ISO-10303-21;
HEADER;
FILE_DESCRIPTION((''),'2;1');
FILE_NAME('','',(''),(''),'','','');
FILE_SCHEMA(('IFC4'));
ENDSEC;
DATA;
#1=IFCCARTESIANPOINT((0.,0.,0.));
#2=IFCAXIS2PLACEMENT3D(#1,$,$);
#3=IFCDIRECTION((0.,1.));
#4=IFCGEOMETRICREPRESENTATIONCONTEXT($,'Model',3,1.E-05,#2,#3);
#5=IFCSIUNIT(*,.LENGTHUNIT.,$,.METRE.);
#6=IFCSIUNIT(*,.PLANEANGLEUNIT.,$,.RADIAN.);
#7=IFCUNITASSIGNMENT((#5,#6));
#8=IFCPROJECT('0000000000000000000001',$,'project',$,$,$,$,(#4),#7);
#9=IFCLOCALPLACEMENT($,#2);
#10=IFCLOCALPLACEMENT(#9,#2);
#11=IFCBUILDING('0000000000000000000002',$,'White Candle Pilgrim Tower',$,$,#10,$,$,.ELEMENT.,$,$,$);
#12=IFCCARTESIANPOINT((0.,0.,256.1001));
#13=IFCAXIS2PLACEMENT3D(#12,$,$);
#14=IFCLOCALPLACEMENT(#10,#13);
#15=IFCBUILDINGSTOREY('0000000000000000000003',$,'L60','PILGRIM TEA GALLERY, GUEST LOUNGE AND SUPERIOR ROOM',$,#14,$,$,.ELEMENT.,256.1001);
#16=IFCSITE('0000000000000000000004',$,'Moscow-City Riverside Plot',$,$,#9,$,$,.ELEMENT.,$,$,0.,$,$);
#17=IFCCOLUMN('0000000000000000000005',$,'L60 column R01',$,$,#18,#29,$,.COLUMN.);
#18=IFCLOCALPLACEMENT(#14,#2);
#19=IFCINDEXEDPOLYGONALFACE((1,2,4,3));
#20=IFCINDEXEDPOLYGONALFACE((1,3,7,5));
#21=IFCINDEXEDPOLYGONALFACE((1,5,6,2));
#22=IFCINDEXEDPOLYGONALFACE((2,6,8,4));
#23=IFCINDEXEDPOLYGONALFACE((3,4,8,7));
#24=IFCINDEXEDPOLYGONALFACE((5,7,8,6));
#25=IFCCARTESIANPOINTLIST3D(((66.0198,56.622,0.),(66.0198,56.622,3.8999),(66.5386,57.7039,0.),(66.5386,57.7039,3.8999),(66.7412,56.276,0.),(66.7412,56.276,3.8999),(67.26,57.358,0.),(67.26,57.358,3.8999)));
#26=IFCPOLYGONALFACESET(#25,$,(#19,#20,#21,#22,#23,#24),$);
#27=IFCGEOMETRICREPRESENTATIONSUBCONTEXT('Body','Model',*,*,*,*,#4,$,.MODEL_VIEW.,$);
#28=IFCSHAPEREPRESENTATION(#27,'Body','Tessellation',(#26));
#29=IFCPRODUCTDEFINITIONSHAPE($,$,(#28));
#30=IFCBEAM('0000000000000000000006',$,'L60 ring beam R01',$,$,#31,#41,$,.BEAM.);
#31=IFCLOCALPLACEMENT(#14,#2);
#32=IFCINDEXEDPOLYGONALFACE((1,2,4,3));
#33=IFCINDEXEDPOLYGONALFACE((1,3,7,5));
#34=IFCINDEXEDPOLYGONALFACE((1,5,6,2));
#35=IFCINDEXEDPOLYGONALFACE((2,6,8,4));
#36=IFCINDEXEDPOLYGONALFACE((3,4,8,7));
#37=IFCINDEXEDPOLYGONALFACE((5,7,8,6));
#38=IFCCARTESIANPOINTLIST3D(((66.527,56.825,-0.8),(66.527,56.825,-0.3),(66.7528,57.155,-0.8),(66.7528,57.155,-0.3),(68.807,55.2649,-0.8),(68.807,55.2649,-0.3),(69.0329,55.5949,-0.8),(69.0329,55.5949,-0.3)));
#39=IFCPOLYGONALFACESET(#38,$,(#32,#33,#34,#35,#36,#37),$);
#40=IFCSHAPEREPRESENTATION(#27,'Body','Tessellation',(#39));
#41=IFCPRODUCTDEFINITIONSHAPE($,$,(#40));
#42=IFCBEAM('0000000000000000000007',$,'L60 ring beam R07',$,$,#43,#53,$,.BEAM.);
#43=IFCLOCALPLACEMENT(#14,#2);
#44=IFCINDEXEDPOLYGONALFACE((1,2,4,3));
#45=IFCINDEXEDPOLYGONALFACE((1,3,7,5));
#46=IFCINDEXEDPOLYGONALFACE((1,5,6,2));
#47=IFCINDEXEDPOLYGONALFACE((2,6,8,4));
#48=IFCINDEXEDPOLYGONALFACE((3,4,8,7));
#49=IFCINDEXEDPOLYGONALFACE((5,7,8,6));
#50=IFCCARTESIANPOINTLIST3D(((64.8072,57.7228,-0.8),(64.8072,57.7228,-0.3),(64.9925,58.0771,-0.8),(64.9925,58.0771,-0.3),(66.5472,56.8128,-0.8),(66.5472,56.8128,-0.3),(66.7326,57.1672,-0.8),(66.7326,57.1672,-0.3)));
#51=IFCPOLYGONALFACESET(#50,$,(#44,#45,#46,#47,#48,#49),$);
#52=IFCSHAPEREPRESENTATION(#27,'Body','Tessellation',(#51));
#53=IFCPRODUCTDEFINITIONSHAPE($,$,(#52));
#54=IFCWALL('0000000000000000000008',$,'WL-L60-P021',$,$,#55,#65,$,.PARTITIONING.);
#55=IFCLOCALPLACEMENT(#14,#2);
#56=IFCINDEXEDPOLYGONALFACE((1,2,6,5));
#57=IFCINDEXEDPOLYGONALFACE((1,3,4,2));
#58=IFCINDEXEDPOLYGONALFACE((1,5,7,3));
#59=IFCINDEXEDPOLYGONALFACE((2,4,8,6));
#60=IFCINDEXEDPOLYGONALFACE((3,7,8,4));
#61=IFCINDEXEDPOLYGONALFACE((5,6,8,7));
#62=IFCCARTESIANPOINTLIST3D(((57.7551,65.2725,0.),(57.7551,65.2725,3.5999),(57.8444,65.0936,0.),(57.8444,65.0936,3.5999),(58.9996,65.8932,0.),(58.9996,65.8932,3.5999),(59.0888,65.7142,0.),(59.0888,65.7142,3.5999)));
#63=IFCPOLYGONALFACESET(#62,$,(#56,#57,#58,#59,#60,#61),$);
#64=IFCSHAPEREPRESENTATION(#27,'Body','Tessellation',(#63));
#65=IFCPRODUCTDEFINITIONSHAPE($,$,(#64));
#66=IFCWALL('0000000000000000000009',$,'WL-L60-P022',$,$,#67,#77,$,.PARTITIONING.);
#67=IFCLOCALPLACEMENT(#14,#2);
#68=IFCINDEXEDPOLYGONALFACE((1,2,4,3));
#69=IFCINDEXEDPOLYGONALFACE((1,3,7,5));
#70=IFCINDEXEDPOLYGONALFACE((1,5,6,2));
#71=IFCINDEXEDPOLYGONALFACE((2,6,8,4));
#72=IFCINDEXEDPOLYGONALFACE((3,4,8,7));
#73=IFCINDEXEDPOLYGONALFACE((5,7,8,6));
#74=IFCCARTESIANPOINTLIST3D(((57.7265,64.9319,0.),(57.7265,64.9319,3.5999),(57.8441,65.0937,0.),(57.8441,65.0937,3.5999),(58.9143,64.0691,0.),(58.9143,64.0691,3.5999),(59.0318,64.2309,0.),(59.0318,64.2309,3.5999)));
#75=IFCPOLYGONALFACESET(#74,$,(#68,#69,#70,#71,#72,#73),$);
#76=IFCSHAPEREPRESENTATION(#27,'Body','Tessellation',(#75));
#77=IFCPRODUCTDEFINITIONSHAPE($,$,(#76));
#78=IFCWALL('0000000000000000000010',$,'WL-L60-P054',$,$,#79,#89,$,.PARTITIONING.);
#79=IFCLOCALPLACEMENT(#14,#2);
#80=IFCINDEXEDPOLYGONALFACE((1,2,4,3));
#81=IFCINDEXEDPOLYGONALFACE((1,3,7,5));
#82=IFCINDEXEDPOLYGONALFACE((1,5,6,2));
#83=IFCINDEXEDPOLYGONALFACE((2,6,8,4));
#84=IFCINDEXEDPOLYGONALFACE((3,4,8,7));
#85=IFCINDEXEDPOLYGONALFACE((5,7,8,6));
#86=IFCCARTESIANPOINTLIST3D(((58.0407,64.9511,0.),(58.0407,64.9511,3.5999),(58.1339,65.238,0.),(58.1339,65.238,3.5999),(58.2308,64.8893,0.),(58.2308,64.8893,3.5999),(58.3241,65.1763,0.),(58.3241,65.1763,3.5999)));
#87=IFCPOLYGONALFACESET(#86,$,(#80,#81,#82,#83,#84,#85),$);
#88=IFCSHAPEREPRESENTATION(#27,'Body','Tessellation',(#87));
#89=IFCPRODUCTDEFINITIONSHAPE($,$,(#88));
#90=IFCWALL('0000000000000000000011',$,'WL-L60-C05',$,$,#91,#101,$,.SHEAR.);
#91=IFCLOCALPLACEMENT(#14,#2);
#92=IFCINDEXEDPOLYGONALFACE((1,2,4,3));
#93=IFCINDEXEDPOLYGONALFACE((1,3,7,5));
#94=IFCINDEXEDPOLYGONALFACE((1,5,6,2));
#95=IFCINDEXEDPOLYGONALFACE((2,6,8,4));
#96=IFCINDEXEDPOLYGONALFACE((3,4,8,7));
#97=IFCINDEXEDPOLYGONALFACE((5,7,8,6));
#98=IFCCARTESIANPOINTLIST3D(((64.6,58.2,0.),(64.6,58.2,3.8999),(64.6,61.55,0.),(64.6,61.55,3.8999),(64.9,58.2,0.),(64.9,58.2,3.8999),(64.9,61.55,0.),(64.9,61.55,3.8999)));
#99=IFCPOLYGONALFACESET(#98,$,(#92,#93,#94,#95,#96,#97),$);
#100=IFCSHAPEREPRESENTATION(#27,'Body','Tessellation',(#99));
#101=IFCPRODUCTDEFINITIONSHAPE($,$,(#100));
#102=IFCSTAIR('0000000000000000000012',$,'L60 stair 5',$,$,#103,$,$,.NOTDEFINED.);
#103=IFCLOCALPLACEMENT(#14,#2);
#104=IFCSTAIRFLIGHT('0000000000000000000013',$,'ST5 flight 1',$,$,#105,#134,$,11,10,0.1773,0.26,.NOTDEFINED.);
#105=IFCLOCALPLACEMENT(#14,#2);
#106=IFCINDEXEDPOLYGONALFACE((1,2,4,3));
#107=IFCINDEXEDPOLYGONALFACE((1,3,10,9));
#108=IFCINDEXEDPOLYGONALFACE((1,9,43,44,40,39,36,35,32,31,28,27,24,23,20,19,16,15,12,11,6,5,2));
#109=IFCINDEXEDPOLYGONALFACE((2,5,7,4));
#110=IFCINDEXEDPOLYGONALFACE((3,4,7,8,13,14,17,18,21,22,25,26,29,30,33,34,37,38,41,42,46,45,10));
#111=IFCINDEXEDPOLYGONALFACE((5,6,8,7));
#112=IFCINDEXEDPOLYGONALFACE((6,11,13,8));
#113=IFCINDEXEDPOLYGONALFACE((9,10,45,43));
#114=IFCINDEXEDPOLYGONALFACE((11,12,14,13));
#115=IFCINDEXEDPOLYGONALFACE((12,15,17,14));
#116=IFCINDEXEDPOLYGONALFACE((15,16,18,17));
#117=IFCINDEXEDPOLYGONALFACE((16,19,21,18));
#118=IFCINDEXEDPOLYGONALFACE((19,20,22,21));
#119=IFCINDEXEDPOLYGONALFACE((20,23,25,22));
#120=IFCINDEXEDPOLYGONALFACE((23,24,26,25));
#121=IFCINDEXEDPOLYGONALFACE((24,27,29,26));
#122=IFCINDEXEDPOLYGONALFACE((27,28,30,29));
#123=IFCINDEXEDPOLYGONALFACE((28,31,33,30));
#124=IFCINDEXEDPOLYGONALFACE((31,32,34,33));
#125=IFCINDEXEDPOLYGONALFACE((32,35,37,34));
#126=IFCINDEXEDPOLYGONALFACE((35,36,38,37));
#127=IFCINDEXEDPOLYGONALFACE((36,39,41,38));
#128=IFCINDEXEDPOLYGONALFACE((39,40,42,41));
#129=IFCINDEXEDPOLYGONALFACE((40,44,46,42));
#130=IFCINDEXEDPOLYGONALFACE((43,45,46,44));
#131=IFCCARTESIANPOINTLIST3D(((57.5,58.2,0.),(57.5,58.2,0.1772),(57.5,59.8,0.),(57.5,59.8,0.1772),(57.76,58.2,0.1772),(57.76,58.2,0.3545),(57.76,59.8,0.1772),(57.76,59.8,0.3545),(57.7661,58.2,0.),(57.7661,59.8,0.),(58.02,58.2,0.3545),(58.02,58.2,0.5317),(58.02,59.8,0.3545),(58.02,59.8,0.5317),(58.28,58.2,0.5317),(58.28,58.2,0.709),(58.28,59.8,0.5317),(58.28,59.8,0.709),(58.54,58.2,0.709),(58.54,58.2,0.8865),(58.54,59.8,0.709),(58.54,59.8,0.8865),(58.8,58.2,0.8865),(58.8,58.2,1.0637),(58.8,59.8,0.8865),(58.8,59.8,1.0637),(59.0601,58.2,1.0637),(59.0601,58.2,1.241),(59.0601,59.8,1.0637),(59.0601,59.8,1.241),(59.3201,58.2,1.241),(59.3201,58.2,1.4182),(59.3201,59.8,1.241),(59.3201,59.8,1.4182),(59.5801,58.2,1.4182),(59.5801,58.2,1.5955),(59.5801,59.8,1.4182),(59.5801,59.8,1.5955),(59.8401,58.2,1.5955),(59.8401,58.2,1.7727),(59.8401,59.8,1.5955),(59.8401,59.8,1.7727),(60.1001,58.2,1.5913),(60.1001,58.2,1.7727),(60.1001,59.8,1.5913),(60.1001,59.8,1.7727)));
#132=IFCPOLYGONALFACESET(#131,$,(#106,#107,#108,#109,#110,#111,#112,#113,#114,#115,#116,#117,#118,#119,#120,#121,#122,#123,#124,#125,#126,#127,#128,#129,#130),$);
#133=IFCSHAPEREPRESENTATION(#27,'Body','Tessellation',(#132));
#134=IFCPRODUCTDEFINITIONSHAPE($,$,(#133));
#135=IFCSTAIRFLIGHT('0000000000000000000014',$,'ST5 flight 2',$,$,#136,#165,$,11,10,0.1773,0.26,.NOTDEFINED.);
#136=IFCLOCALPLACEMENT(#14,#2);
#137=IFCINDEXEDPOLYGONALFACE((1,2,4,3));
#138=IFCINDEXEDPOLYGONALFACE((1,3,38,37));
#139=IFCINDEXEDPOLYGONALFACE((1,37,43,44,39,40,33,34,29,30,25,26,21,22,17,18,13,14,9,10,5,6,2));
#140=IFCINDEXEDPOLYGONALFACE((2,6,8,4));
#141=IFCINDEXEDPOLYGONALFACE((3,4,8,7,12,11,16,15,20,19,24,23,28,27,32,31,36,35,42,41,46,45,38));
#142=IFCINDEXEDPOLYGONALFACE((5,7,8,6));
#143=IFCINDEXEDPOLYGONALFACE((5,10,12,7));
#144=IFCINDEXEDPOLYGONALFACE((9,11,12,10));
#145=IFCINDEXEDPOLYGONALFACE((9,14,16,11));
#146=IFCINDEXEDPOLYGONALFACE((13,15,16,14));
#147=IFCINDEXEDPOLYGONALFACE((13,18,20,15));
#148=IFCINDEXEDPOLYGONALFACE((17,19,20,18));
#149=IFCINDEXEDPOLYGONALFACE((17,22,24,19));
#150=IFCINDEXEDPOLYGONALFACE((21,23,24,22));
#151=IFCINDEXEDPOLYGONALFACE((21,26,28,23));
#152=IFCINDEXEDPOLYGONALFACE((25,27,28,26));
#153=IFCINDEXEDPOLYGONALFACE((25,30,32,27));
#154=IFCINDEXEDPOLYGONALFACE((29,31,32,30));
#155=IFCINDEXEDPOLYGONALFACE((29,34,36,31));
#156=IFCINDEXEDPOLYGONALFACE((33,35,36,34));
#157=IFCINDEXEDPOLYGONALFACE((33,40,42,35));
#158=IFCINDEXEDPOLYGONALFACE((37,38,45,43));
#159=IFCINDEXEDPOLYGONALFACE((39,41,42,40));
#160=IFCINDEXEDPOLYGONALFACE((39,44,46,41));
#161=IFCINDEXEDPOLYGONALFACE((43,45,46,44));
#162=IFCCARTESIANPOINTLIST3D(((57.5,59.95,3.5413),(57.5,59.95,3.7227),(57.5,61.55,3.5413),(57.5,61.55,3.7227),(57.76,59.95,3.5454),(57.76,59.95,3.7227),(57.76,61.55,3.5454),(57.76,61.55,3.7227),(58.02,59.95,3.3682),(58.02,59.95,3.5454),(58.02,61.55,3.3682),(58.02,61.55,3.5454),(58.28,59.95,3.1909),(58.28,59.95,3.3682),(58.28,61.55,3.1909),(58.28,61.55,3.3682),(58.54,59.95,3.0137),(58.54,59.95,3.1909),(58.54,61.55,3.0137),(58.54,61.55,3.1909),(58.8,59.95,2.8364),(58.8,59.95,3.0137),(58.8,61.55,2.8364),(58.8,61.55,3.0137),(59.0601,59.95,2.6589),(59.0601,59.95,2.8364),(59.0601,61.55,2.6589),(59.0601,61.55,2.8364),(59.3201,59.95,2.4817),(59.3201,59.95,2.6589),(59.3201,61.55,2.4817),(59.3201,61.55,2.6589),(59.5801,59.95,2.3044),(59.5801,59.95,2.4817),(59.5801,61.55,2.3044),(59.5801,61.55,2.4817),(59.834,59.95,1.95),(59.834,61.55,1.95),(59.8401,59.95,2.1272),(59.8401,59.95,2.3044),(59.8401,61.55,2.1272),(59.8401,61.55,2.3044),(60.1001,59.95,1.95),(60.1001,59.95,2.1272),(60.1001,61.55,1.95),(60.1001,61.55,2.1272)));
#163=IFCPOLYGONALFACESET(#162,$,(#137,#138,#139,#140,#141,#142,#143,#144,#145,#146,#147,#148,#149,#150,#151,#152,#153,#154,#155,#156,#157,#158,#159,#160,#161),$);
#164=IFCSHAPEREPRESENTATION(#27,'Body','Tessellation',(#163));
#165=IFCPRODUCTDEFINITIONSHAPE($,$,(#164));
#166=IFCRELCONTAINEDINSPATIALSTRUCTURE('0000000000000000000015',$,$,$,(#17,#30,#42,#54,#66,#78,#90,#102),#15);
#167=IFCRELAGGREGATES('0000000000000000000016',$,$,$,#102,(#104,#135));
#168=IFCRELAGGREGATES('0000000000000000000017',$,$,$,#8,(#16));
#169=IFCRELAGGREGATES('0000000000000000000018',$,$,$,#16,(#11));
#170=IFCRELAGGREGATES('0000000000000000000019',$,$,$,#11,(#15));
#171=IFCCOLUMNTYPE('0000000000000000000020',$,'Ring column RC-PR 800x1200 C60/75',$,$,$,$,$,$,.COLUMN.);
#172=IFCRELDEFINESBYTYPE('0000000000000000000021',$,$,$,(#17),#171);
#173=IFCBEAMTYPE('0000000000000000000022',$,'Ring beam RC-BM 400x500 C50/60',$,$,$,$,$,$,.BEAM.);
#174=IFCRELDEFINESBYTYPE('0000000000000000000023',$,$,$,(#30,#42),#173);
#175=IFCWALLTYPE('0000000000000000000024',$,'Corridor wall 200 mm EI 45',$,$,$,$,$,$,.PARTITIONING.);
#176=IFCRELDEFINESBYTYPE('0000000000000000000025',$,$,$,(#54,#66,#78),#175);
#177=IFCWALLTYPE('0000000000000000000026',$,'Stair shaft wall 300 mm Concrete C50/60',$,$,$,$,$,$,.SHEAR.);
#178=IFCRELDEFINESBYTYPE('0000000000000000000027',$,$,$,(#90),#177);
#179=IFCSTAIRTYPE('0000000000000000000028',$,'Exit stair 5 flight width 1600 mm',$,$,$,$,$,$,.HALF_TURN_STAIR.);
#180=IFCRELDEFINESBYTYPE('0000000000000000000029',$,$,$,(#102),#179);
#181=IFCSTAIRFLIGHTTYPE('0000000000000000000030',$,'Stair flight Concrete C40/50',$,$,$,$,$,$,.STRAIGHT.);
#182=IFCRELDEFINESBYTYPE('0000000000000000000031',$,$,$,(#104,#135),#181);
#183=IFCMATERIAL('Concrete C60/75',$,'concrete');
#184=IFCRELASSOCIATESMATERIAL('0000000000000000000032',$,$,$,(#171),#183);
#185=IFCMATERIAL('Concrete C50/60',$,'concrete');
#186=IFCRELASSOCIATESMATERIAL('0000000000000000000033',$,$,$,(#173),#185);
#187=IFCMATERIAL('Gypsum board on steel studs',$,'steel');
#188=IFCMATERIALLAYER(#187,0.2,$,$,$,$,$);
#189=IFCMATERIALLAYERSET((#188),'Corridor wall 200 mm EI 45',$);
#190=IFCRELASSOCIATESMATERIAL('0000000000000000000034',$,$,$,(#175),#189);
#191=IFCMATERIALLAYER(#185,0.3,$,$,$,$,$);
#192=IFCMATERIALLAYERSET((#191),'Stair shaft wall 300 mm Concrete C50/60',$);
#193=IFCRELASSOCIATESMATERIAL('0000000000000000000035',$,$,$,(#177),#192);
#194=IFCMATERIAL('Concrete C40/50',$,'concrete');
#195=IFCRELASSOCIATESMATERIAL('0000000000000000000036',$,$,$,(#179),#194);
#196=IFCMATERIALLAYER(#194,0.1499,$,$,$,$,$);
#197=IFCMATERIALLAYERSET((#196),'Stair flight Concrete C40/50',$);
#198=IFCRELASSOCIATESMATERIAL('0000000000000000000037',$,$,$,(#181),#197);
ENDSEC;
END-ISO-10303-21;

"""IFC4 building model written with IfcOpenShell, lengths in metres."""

from ifc_helpers import new_model, si_unit, direction, frame, frame_2d, origin, origin_2d, place, context, subcontext, project, spatial, polyline, rectangle, outline, extrude, material, layer, layer_set, material_profile, profile_set, type_object, element, aggregate, save


model = new_model("IFC4")

# Units and contexts
model_context = context("Model", 3, precision=1e-05, world=origin(), true_north=direction((0.0, 1.0)))
body_context = subcontext(model_context, "Body", "Model", "MODEL_VIEW")
ifc_project = project(units=[si_unit("LENGTHUNIT", "METRE"), si_unit("PLANEANGLEUNIT", "RADIAN")], contexts=[model_context])

# Site, building, storey
site_placement = place(None, origin())
site = spatial("IfcSite", under=ifc_project, at=site_placement, Name="Moscow-City Riverside Plot", CompositionType="ELEMENT", RefElevation=0.0)
building_placement = place(site_placement, origin())
building = spatial("IfcBuilding", under=site, at=building_placement, Name="White Candle Pilgrim Tower", CompositionType="ELEMENT")
storey_placement = place(building_placement, frame((0.0, 0.0, 256.1001)))
storey = spatial("IfcBuildingStorey", under=building, at=storey_placement, Name="L60", Description="PILGRIM TEA GALLERY, GUEST LOUNGE AND SUPERIOR ROOM", CompositionType="ELEMENT", Elevation=256.1001)

# Column
ifc_material_1 = material(Name="Concrete C60/75", Category="concrete")
ifc_material_profile_1 = material_profile(ifc_material_1, rectangle(XDim=0.8, YDim=1.2, at=origin_2d()), Name="RC-PR 800x1200")
ifc_profile_set_1 = profile_set([ifc_material_profile_1], Name="Concrete C60/75")
column_type = type_object("IfcColumnType", Name="Ring column RC-PR 800x1200 C60/75", PredefinedType="COLUMN", material=ifc_profile_set_1)
column_placement = place(storey_placement, frame((66.6399, 56.99, 0.0), z_axis=(0.0, 0.0, 1.0), x_axis=(-0.901689, 0.432385, 0.0)))
element("IfcColumn", 1, at=column_placement, inside=storey, type_object=column_type, Name="L60 column R01", PredefinedType="COLUMN", context=body_context, shape_type="SweptSolid", body=[
    extrude(rectangle(XDim=0.8, YDim=1.2, at=origin_2d()), origin(), (0.0, 0.0, 1.0), 3.8999),
])

# Beams
ifc_material_2 = material(Name="Concrete C50/60", Category="concrete")
ifc_material_profile_2 = material_profile(ifc_material_2, rectangle(XDim=0.3999, YDim=0.5, at=origin_2d()), Name="RC-BM 400x500")
ifc_profile_set_2 = profile_set([ifc_material_profile_2], Name="Concrete C50/60")
beam_type = type_object("IfcBeamType", Name="Ring beam RC-BM 400x500 C50/60", PredefinedType="BEAM", material=ifc_profile_set_2)
beam_1_placement = place(storey_placement, frame((66.6399, 56.99, -0.55), z_axis=(0.825301, -0.564693, 0.0), x_axis=(0.564693, 0.825301, 0.0)))
element("IfcBeam", 2, at=beam_1_placement, inside=storey, type_object=beam_type, Name="L60 ring beam R01", PredefinedType="BEAM", context=body_context, shape_type="SweptSolid", body=[
    extrude(rectangle(XDim=0.3999, YDim=0.5, at=origin_2d()), origin(), (0.0, 0.0, 1.0), 2.7627),
])
beam_2_placement = place(storey_placement, frame((66.6399, 56.99, -0.55), z_axis=(-0.886148, 0.463403, 0.0), x_axis=(-0.463403, -0.886148, 0.0)))
element("IfcBeam", 3, at=beam_2_placement, inside=storey, type_object=beam_type, Name="L60 ring beam R07", PredefinedType="BEAM", context=body_context, shape_type="SweptSolid", body=[
    extrude(rectangle(XDim=0.3999, YDim=0.5, at=origin_2d()), origin(), (0.0, 0.0, 1.0), 1.9636),
])

# Walls
ifc_material_3 = material(Name="Gypsum board on steel studs", Category="steel")
ifc_layer_1 = layer(ifc_material_3, 0.2)
ifc_layer_set_1 = layer_set([ifc_layer_1], Name="Corridor wall 200 mm EI 45")
wall_type_1 = type_object("IfcWallType", Name="Corridor wall 200 mm EI 45", PredefinedType="PARTITIONING", material=ifc_layer_set_1)
wall_1_placement = place(storey_placement, frame((59.0442, 65.8037, 0.0), z_axis=(0.0, 0.0, 1.0), x_axis=(-0.894883, -0.4463, 0.0)))
element("IfcWall", 4, at=wall_1_placement, inside=storey, type_object=wall_type_1, Name="WL-L60-P021", PredefinedType="PARTITIONING", context=body_context, shape_type="SweptSolid", body=[
    extrude(rectangle(XDim=1.3906, YDim=0.2, at=frame_2d((0.6953, 0.0))), origin(), (0.0, 0.0, 1.0), 3.5999),
])
wall_2_placement = place(storey_placement, frame((57.7854, 65.0127, 0.0), z_axis=(0.0, 0.0, 1.0), x_axis=(0.809067, -0.587717, 0.0)))
element("IfcWall", 5, at=wall_2_placement, inside=storey, type_object=wall_type_1, Name="WL-L60-P022", PredefinedType="PARTITIONING", context=body_context, shape_type="SweptSolid", body=[
    extrude(rectangle(XDim=1.468, YDim=0.2, at=frame_2d((0.7339, 0.0))), origin(), (0.0, 0.0, 1.0), 3.5999),
])
wall_3_placement = place(storey_placement, frame((58.1357, 64.9202, 0.0), z_axis=(0.0, 0.0, 1.0), x_axis=(0.30894, 0.951082, 0.0)))
element("IfcWall", 6, at=wall_3_placement, inside=storey, type_object=wall_type_1, Name="WL-L60-P054", PredefinedType="PARTITIONING", context=body_context, shape_type="SweptSolid", body=[
    extrude(rectangle(XDim=0.3018, YDim=0.2, at=frame_2d((0.1509, 0.0))), origin(), (0.0, 0.0, 1.0), 3.5999),
])
ifc_layer_2 = layer(ifc_material_2, 0.3)
ifc_layer_set_2 = layer_set([ifc_layer_2], Name="Stair shaft wall 300 mm Concrete C50/60")
wall_type_2 = type_object("IfcWallType", Name="Stair shaft wall 300 mm Concrete C50/60", PredefinedType="SHEAR", material=ifc_layer_set_2)
wall_4_placement = place(storey_placement, frame((64.75, 58.2, 0.0), z_axis=(0.0, 0.0, 1.0), x_axis=(0.0, 1.0, 0.0)))
element("IfcWall", 7, at=wall_4_placement, inside=storey, type_object=wall_type_2, Name="WL-L60-C05", PredefinedType="SHEAR", context=body_context, shape_type="SweptSolid", body=[
    extrude(rectangle(XDim=3.3501, YDim=0.3, at=frame_2d((1.675, 0.0))), origin(), (0.0, 0.0, 1.0), 3.8999),
])

# Stair, stair flights
ifc_material_4 = material(Name="Concrete C40/50", Category="concrete")
stair_type = type_object("IfcStairType", Name="Exit stair 5 flight width 1600 mm", PredefinedType="HALF_TURN_STAIR", material=ifc_material_4)
stair_placement = place(storey_placement, origin())
stair = element("IfcStair", 8, at=stair_placement, inside=storey, type_object=stair_type, Name="L60 stair 5", PredefinedType="NOTDEFINED")
ifc_layer_3 = layer(ifc_material_4, 0.1499)
ifc_layer_set_3 = layer_set([ifc_layer_3], Name="Stair flight Concrete C40/50")
stair_flight_type = type_object("IfcStairFlightType", Name="Stair flight Concrete C40/50", PredefinedType="STRAIGHT", material=ifc_layer_set_3)
stair_flight_1_placement = place(storey_placement, frame((57.5, 59.0, 0.0), z_axis=(0.0, 0.0, 1.0), x_axis=(1.0, 0.0, 0.0)))
stair_flight_1 = element("IfcStairFlight", 9, at=stair_flight_1_placement, type_object=stair_flight_type, Name="ST5 flight 1", NumberOfRisers=11, NumberOfTreads=10, PredefinedType="NOTDEFINED", RiserHeight=0.1773, TreadLength=0.26, context=body_context, shape_type="SweptSolid", body=[
    extrude(outline(polyline([(0.0, 0.0), (0.0, 0.1772), (0.26, 0.1772), (0.26, 0.3545), (0.52, 0.3545), (0.52, 0.5317), (0.78, 0.5317), (0.78, 0.709), (1.04, 0.709), (1.04, 0.8865), (1.3, 0.8865), (1.3, 1.0637), (1.5601, 1.0637), (1.5601, 1.241), (1.8201, 1.241), (1.8201, 1.4182), (2.0801, 1.4182), (2.0801, 1.5955), (2.3401, 1.5955), (2.3401, 1.7727), (2.6001, 1.7727), (2.6001, 1.95), (2.6001, 1.5913), (0.2661, 0.0), (0.0, 0.0)])), frame((0.0, 0.8, 0.0), z_axis=(0.0, -1.0, 0.0), x_axis=(1.0, 0.0, 0.0)), (0.0, 0.0, 1.0), 1.6001),
])
stair_flight_2_placement = place(storey_placement, frame((60.1001, 60.75, 1.95), z_axis=(0.0, 0.0, 1.0), x_axis=(-1.0, 0.0, 0.0)))
stair_flight_2 = element("IfcStairFlight", 10, at=stair_flight_2_placement, type_object=stair_flight_type, Name="ST5 flight 2", NumberOfRisers=11, NumberOfTreads=10, PredefinedType="NOTDEFINED", RiserHeight=0.1773, TreadLength=0.26, context=body_context, shape_type="SweptSolid", body=[
    extrude(outline(polyline([(0.0, 0.0), (0.0, 0.1772), (0.26, 0.1772), (0.26, 0.3545), (0.52, 0.3545), (0.52, 0.5317), (0.78, 0.5317), (0.78, 0.709), (1.04, 0.709), (1.04, 0.8865), (1.3, 0.8865), (1.3, 1.0637), (1.5601, 1.0637), (1.5601, 1.241), (1.8201, 1.241), (1.8201, 1.4182), (2.0801, 1.4182), (2.0801, 1.5955), (2.3401, 1.5955), (2.3401, 1.7727), (2.6001, 1.7727), (2.6001, 1.95), (2.6001, 1.5913), (0.2661, 0.0), (0.0, 0.0)])), frame((0.0, 0.8, 0.0), z_axis=(0.0, -1.0, 0.0), x_axis=(1.0, 0.0, 0.0)), (0.0, 0.0, 1.0), 1.6001),
])
aggregate(stair, [stair_flight_1, stair_flight_2])

save(model, "model.ifc")
